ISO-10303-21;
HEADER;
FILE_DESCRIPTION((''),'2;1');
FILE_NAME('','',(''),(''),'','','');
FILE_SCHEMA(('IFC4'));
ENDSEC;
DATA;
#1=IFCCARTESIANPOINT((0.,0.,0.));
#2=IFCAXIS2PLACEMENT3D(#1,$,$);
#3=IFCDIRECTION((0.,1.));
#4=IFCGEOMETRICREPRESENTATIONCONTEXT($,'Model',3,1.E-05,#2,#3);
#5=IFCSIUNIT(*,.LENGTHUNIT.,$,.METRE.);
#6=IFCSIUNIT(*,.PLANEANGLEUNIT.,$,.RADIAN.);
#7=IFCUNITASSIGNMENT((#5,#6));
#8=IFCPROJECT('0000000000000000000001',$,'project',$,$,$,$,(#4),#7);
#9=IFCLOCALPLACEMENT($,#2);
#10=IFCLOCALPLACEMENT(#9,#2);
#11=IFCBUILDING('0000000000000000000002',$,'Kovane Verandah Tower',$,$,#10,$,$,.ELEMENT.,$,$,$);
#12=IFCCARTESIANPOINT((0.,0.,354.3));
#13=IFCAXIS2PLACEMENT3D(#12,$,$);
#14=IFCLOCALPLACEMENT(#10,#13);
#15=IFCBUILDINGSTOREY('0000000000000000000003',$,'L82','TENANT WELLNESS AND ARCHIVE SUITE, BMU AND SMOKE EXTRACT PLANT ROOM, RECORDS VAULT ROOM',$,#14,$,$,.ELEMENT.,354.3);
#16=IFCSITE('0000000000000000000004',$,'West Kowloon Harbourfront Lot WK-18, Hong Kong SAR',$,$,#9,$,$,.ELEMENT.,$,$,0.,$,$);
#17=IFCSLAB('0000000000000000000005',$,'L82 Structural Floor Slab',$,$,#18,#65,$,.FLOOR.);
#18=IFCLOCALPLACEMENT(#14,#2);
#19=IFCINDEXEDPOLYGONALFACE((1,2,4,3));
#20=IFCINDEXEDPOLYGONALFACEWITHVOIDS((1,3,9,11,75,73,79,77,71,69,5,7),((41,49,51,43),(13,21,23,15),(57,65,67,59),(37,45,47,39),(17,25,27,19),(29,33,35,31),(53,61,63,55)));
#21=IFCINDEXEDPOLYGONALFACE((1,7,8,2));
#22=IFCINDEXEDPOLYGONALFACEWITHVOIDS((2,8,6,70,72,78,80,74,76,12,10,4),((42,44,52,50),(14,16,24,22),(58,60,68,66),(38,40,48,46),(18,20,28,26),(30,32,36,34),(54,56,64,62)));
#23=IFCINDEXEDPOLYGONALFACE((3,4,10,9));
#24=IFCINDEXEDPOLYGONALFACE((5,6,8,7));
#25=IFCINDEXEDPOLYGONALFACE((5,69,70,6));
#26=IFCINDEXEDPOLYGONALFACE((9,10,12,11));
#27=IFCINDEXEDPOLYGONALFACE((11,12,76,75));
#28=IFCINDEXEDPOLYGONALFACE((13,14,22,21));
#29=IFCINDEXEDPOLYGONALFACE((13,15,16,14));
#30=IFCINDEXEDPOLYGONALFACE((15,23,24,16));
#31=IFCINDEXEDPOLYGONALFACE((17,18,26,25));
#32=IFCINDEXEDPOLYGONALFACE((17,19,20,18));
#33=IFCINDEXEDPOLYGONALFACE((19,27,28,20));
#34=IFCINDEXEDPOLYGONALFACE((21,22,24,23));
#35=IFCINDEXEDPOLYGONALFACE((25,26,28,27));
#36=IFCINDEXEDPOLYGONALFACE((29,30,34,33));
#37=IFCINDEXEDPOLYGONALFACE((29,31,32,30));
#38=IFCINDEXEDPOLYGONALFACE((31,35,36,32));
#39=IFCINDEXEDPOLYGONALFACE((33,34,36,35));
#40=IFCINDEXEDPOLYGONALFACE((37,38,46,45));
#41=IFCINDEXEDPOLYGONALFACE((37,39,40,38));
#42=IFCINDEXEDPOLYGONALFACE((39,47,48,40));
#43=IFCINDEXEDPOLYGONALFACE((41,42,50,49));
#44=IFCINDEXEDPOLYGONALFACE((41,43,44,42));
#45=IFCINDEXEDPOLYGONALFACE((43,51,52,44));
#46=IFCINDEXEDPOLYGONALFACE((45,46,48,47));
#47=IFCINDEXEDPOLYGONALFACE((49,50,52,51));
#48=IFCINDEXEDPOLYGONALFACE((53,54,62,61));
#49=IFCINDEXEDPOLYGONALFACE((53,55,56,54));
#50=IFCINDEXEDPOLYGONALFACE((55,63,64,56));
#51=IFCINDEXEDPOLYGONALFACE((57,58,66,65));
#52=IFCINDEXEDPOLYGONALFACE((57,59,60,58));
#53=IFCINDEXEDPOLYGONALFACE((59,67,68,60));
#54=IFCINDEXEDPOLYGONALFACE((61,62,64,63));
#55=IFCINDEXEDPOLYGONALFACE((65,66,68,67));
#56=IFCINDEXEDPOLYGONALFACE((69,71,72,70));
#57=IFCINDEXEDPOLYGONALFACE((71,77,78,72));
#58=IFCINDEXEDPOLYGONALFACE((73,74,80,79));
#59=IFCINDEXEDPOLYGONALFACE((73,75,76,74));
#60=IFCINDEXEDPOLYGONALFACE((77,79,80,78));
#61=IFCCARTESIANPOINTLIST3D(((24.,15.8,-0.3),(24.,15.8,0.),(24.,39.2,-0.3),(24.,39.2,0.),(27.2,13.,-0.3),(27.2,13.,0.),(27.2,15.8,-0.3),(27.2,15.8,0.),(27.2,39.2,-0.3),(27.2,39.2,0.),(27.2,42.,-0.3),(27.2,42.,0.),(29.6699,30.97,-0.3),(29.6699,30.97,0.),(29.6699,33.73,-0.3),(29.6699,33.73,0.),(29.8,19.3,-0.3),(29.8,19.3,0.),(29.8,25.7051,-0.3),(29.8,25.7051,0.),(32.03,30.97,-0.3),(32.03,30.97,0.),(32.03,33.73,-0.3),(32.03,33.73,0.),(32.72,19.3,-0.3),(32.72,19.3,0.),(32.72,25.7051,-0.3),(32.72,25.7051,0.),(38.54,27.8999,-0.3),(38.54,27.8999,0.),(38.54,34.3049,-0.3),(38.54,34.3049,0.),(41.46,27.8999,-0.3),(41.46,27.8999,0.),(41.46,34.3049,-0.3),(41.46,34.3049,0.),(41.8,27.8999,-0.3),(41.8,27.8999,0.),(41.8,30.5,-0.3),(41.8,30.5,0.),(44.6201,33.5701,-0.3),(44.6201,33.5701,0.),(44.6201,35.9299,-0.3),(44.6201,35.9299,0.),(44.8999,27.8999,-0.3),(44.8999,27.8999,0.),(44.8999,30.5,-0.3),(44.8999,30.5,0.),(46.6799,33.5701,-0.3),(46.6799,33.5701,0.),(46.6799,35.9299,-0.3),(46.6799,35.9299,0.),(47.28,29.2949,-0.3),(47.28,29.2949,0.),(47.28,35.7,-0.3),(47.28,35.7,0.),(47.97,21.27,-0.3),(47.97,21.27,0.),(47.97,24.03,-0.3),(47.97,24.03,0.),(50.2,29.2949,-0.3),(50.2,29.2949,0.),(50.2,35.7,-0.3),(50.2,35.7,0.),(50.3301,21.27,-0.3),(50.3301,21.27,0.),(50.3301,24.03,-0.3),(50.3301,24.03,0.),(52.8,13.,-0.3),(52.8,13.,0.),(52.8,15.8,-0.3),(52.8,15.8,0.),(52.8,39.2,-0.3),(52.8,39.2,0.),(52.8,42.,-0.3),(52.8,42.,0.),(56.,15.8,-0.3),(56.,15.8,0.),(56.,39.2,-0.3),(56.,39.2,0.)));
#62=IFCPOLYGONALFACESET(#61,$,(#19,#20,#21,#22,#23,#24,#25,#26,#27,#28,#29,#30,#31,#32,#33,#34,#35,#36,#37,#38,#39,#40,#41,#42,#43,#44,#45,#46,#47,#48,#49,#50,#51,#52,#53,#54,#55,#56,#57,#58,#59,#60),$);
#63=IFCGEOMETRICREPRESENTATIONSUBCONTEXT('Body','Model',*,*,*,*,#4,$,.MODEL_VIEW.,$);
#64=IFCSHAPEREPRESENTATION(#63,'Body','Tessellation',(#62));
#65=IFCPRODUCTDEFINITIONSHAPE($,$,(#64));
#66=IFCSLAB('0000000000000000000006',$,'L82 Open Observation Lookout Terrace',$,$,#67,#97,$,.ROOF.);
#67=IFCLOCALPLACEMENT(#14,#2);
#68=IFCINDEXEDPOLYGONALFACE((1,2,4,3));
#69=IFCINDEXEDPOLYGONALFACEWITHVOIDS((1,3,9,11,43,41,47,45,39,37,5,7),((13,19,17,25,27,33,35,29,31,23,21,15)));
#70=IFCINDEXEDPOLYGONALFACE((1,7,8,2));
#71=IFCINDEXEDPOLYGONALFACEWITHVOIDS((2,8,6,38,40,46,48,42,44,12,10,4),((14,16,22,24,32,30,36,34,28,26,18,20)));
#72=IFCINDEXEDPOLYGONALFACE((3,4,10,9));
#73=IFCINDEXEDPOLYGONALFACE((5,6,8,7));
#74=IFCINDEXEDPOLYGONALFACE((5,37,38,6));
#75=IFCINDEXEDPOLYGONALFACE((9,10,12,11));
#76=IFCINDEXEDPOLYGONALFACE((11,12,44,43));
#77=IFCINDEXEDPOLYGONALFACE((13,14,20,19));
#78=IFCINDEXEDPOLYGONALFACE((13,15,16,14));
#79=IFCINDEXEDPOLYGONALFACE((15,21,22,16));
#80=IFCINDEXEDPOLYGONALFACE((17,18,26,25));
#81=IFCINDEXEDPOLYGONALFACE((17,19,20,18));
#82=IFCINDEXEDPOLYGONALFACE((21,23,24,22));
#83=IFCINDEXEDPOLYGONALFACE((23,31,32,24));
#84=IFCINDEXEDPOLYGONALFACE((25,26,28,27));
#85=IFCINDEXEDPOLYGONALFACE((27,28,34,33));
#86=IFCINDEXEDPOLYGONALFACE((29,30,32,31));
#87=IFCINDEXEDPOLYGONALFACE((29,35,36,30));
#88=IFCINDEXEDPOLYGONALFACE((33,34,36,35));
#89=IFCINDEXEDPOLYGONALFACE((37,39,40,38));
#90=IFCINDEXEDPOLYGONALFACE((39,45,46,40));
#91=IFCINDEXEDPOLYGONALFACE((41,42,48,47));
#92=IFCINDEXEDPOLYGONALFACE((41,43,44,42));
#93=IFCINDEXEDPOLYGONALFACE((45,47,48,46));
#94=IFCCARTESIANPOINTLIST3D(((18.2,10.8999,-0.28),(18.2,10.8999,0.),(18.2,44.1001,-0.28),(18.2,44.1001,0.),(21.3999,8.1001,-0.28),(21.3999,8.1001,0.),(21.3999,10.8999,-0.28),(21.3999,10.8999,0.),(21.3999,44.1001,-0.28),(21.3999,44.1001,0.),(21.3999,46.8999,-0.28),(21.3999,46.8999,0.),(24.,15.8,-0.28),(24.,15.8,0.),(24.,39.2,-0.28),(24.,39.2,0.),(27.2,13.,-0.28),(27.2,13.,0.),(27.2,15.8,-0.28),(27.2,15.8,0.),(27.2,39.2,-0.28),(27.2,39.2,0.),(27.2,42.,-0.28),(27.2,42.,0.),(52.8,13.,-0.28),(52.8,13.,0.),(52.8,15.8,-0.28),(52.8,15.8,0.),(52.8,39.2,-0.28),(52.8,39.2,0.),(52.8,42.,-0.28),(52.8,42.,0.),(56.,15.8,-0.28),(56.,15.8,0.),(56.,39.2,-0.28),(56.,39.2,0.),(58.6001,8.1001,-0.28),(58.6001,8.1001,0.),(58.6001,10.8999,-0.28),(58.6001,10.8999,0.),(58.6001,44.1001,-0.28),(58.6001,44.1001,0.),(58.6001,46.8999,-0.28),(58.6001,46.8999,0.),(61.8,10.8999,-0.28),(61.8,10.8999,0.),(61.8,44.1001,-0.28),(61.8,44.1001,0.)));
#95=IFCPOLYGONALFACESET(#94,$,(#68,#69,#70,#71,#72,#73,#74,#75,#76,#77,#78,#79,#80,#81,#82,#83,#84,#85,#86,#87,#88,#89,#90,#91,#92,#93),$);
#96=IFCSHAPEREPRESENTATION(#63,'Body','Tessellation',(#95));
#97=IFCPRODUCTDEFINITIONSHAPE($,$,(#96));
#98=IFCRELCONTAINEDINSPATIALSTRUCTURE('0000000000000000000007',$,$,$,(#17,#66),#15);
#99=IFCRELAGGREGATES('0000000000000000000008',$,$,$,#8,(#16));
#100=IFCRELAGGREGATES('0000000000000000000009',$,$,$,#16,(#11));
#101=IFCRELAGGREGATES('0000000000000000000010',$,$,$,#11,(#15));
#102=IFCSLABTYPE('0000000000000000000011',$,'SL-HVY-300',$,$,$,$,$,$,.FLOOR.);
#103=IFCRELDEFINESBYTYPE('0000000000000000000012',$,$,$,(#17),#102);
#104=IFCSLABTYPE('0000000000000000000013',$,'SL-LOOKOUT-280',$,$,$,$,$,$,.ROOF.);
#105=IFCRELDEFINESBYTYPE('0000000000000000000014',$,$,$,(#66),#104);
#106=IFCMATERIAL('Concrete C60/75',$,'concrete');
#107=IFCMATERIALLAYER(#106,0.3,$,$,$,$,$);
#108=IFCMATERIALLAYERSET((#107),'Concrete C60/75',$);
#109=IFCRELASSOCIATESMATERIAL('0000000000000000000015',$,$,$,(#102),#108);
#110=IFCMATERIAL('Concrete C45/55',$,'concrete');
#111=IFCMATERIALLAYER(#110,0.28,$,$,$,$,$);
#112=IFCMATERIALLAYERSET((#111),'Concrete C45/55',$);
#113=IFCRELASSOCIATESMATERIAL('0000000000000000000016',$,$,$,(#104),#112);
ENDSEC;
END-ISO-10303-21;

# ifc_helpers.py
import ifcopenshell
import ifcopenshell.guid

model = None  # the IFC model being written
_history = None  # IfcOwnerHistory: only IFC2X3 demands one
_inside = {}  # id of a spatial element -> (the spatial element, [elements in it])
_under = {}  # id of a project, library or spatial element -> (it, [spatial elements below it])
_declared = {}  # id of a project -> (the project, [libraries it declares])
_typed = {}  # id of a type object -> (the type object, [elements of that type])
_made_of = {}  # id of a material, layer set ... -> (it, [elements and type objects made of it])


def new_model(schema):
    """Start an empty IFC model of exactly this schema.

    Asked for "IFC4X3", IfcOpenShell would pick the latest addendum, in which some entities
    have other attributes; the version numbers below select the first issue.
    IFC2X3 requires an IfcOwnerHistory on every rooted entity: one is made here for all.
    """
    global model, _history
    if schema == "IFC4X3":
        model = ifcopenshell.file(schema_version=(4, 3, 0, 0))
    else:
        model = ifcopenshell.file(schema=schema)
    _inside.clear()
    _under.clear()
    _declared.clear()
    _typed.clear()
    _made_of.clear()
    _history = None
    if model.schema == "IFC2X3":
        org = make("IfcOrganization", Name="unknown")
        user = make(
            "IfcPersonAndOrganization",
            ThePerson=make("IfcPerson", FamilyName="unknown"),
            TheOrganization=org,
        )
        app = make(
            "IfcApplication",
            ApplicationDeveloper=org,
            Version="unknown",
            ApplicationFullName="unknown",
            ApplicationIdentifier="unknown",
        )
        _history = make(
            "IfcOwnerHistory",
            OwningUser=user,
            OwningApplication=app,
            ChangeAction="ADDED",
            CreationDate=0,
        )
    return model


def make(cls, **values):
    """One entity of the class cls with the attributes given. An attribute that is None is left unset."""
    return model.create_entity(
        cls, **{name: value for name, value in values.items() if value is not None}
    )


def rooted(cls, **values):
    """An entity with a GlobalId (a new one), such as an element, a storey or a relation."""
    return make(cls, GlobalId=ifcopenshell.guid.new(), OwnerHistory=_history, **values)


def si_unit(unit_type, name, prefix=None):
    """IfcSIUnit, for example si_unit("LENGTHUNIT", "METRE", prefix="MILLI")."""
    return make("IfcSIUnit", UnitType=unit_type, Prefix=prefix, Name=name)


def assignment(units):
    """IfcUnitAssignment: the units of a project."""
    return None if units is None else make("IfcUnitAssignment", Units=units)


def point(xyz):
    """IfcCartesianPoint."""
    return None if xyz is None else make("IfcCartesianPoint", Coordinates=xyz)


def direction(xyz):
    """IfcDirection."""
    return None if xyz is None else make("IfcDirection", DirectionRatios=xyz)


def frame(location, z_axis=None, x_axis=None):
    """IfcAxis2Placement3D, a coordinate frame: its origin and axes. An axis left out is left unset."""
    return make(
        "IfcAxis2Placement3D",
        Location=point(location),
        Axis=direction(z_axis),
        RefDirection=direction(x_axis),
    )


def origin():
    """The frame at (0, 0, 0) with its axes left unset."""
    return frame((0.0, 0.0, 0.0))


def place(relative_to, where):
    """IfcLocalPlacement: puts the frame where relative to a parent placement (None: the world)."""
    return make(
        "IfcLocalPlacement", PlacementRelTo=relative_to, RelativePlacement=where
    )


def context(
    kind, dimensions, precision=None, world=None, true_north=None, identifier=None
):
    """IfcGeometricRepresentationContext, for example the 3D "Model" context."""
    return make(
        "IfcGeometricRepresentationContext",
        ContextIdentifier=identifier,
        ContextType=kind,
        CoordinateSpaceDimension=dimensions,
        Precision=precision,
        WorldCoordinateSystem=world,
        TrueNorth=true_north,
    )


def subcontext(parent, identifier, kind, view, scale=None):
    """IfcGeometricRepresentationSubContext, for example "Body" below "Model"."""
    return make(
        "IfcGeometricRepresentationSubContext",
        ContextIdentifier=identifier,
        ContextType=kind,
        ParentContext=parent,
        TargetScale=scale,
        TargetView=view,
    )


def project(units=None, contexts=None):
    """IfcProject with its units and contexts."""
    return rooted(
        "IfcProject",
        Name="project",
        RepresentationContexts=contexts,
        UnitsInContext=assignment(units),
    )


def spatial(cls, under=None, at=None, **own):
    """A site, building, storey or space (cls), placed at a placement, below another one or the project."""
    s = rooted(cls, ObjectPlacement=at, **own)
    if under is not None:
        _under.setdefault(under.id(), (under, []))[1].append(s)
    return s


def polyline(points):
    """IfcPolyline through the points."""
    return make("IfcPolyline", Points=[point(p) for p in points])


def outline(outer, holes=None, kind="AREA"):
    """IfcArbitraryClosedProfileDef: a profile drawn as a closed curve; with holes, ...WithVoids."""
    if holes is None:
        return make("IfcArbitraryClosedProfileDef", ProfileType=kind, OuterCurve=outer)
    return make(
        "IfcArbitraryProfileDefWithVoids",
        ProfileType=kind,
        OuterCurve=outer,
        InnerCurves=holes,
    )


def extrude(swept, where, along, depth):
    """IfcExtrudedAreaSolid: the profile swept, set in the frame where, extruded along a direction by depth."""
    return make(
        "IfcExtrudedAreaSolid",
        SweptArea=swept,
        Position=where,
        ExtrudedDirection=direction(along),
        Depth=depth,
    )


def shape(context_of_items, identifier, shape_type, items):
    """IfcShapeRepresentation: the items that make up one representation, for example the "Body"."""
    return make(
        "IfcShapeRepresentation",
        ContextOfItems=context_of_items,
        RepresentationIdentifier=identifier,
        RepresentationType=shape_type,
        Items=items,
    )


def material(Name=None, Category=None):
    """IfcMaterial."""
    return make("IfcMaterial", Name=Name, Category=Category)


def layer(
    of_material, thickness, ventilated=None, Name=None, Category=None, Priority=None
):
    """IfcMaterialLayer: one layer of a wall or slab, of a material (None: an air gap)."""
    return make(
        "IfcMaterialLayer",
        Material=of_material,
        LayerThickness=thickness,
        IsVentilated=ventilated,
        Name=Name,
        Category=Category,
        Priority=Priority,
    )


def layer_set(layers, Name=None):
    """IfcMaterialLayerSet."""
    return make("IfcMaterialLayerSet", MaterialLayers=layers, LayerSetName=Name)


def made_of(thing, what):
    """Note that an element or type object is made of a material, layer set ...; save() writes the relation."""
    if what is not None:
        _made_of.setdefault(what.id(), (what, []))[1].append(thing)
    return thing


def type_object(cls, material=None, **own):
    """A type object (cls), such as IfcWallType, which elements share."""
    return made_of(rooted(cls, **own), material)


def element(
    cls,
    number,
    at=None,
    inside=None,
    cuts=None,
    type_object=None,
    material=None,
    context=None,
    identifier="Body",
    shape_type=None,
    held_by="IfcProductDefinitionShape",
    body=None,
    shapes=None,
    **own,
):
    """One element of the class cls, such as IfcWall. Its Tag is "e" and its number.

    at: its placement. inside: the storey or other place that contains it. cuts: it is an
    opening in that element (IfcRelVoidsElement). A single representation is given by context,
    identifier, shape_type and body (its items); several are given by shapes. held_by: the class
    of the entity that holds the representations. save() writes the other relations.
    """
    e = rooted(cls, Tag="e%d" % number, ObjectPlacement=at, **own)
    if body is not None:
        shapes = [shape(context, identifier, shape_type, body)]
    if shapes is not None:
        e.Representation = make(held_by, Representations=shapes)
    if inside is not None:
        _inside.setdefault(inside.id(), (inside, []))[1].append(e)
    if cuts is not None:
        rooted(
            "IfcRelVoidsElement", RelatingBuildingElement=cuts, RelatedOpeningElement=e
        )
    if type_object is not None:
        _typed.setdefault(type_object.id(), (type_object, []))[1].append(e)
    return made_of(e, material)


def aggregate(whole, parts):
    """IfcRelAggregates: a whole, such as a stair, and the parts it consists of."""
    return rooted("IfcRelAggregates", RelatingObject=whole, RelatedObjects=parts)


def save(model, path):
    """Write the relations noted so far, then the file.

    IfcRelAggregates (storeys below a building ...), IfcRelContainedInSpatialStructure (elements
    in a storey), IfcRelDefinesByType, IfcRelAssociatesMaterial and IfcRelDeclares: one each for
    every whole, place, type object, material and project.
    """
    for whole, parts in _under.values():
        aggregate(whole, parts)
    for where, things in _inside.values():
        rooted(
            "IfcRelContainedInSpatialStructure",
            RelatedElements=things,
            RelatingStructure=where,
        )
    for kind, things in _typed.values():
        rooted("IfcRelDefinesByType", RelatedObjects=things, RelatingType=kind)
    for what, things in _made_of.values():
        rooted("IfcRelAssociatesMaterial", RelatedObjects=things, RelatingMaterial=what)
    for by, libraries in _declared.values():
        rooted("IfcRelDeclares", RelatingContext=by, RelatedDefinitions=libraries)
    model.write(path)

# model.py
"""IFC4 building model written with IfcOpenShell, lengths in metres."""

from ifc_helpers import new_model, si_unit, direction, frame, origin, place, context, subcontext, project, spatial, polyline, outline, extrude, material, layer, layer_set, type_object, element, save


model = new_model("IFC4")

# Units and contexts
model_context = context("Model", 3, precision=1e-05, world=origin(), true_north=direction((0.0, 1.0)))
body_context = subcontext(model_context, "Body", "Model", "MODEL_VIEW")
ifc_project = project(units=[si_unit("LENGTHUNIT", "METRE"), si_unit("PLANEANGLEUNIT", "RADIAN")], contexts=[model_context])

# Site, building, storey
site_placement = place(None, origin())
site = spatial("IfcSite", under=ifc_project, at=site_placement, Name="West Kowloon Harbourfront Lot WK-18, Hong Kong SAR", CompositionType="ELEMENT", RefElevation=0.0)
building_placement = place(site_placement, origin())
building = spatial("IfcBuilding", under=site, at=building_placement, Name="Kovane Verandah Tower", CompositionType="ELEMENT")
storey_placement = place(building_placement, frame((0.0, 0.0, 354.3)))
storey = spatial("IfcBuildingStorey", under=building, at=storey_placement, Name="L82", Description="TENANT WELLNESS AND ARCHIVE SUITE, BMU AND SMOKE EXTRACT PLANT ROOM, RECORDS VAULT ROOM", CompositionType="ELEMENT", Elevation=354.3)

# Slabs
ifc_material_1 = material(Name="Concrete C60/75", Category="concrete")
ifc_layer_1 = layer(ifc_material_1, 0.3)
ifc_layer_set_1 = layer_set([ifc_layer_1], Name="Concrete C60/75")
slab_type_1 = type_object("IfcSlabType", Name="SL-HVY-300", PredefinedType="FLOOR", material=ifc_layer_set_1)
slab_1_placement = place(storey_placement, frame((0.0, 0.0, -0.3)))
element("IfcSlab", 1, at=slab_1_placement, inside=storey, type_object=slab_type_1, Name="L82 Structural Floor Slab", PredefinedType="FLOOR", context=body_context, shape_type="SweptSolid", body=[
    extrude(outline(polyline([(27.2, 13.0), (52.8, 13.0), (52.8, 15.8), (56.0, 15.8), (56.0, 39.2), (52.8, 39.2), (52.8, 42.0), (27.2, 42.0), (27.2, 39.2), (24.0, 39.2), (24.0, 15.8), (27.2, 15.8), (27.2, 13.0)]), holes=[polyline([(29.8, 19.3), (32.72, 19.3), (32.72, 25.7051), (29.8, 25.7051), (29.8, 19.3)]), polyline([(47.28, 29.2949), (50.2, 29.2949), (50.2, 35.7), (47.28, 35.7), (47.28, 29.2949)]), polyline([(38.54, 27.8999), (41.46, 27.8999), (41.46, 34.3049), (38.54, 34.3049), (38.54, 27.8999)]), polyline([(29.6699, 30.97), (32.03, 30.97), (32.03, 33.73), (29.6699, 33.73), (29.6699, 30.97)]), polyline([(47.97, 21.27), (50.3301, 21.27), (50.3301, 24.03), (47.97, 24.03), (47.97, 21.27)]), polyline([(44.6201, 33.5701), (46.6799, 33.5701), (46.6799, 35.9299), (44.6201, 35.9299), (44.6201, 33.5701)]), polyline([(41.8, 27.8999), (44.8999, 27.8999), (44.8999, 30.5), (41.8, 30.5), (41.8, 27.8999)])]), origin(), (0.0, 0.0, 1.0), 0.3),
])
ifc_material_2 = material(Name="Concrete C45/55", Category="concrete")
ifc_layer_2 = layer(ifc_material_2, 0.28)
ifc_layer_set_2 = layer_set([ifc_layer_2], Name="Concrete C45/55")
slab_type_2 = type_object("IfcSlabType", Name="SL-LOOKOUT-280", PredefinedType="ROOF", material=ifc_layer_set_2)
slab_2_placement = place(storey_placement, frame((0.0, 0.0, -0.28)))
element("IfcSlab", 2, at=slab_2_placement, inside=storey, type_object=slab_type_2, Name="L82 Open Observation Lookout Terrace", PredefinedType="ROOF", context=body_context, shape_type="SweptSolid", body=[
    extrude(outline(polyline([(21.3999, 8.1001), (58.6001, 8.1001), (58.6001, 10.8999), (61.8, 10.8999), (61.8, 44.1001), (58.6001, 44.1001), (58.6001, 46.8999), (21.3999, 46.8999), (21.3999, 44.1001), (18.2, 44.1001), (18.2, 10.8999), (21.3999, 10.8999), (21.3999, 8.1001)]), holes=[polyline([(27.2, 15.8), (24.0, 15.8), (24.0, 39.2), (27.2, 39.2), (27.2, 42.0), (52.8, 42.0), (52.8, 39.2), (56.0, 39.2), (56.0, 15.8), (52.8, 15.8), (52.8, 13.0), (27.2, 13.0), (27.2, 15.8)])]), origin(), (0.0, 0.0, 1.0), 0.28),
])

save(model, "model.ifc")
